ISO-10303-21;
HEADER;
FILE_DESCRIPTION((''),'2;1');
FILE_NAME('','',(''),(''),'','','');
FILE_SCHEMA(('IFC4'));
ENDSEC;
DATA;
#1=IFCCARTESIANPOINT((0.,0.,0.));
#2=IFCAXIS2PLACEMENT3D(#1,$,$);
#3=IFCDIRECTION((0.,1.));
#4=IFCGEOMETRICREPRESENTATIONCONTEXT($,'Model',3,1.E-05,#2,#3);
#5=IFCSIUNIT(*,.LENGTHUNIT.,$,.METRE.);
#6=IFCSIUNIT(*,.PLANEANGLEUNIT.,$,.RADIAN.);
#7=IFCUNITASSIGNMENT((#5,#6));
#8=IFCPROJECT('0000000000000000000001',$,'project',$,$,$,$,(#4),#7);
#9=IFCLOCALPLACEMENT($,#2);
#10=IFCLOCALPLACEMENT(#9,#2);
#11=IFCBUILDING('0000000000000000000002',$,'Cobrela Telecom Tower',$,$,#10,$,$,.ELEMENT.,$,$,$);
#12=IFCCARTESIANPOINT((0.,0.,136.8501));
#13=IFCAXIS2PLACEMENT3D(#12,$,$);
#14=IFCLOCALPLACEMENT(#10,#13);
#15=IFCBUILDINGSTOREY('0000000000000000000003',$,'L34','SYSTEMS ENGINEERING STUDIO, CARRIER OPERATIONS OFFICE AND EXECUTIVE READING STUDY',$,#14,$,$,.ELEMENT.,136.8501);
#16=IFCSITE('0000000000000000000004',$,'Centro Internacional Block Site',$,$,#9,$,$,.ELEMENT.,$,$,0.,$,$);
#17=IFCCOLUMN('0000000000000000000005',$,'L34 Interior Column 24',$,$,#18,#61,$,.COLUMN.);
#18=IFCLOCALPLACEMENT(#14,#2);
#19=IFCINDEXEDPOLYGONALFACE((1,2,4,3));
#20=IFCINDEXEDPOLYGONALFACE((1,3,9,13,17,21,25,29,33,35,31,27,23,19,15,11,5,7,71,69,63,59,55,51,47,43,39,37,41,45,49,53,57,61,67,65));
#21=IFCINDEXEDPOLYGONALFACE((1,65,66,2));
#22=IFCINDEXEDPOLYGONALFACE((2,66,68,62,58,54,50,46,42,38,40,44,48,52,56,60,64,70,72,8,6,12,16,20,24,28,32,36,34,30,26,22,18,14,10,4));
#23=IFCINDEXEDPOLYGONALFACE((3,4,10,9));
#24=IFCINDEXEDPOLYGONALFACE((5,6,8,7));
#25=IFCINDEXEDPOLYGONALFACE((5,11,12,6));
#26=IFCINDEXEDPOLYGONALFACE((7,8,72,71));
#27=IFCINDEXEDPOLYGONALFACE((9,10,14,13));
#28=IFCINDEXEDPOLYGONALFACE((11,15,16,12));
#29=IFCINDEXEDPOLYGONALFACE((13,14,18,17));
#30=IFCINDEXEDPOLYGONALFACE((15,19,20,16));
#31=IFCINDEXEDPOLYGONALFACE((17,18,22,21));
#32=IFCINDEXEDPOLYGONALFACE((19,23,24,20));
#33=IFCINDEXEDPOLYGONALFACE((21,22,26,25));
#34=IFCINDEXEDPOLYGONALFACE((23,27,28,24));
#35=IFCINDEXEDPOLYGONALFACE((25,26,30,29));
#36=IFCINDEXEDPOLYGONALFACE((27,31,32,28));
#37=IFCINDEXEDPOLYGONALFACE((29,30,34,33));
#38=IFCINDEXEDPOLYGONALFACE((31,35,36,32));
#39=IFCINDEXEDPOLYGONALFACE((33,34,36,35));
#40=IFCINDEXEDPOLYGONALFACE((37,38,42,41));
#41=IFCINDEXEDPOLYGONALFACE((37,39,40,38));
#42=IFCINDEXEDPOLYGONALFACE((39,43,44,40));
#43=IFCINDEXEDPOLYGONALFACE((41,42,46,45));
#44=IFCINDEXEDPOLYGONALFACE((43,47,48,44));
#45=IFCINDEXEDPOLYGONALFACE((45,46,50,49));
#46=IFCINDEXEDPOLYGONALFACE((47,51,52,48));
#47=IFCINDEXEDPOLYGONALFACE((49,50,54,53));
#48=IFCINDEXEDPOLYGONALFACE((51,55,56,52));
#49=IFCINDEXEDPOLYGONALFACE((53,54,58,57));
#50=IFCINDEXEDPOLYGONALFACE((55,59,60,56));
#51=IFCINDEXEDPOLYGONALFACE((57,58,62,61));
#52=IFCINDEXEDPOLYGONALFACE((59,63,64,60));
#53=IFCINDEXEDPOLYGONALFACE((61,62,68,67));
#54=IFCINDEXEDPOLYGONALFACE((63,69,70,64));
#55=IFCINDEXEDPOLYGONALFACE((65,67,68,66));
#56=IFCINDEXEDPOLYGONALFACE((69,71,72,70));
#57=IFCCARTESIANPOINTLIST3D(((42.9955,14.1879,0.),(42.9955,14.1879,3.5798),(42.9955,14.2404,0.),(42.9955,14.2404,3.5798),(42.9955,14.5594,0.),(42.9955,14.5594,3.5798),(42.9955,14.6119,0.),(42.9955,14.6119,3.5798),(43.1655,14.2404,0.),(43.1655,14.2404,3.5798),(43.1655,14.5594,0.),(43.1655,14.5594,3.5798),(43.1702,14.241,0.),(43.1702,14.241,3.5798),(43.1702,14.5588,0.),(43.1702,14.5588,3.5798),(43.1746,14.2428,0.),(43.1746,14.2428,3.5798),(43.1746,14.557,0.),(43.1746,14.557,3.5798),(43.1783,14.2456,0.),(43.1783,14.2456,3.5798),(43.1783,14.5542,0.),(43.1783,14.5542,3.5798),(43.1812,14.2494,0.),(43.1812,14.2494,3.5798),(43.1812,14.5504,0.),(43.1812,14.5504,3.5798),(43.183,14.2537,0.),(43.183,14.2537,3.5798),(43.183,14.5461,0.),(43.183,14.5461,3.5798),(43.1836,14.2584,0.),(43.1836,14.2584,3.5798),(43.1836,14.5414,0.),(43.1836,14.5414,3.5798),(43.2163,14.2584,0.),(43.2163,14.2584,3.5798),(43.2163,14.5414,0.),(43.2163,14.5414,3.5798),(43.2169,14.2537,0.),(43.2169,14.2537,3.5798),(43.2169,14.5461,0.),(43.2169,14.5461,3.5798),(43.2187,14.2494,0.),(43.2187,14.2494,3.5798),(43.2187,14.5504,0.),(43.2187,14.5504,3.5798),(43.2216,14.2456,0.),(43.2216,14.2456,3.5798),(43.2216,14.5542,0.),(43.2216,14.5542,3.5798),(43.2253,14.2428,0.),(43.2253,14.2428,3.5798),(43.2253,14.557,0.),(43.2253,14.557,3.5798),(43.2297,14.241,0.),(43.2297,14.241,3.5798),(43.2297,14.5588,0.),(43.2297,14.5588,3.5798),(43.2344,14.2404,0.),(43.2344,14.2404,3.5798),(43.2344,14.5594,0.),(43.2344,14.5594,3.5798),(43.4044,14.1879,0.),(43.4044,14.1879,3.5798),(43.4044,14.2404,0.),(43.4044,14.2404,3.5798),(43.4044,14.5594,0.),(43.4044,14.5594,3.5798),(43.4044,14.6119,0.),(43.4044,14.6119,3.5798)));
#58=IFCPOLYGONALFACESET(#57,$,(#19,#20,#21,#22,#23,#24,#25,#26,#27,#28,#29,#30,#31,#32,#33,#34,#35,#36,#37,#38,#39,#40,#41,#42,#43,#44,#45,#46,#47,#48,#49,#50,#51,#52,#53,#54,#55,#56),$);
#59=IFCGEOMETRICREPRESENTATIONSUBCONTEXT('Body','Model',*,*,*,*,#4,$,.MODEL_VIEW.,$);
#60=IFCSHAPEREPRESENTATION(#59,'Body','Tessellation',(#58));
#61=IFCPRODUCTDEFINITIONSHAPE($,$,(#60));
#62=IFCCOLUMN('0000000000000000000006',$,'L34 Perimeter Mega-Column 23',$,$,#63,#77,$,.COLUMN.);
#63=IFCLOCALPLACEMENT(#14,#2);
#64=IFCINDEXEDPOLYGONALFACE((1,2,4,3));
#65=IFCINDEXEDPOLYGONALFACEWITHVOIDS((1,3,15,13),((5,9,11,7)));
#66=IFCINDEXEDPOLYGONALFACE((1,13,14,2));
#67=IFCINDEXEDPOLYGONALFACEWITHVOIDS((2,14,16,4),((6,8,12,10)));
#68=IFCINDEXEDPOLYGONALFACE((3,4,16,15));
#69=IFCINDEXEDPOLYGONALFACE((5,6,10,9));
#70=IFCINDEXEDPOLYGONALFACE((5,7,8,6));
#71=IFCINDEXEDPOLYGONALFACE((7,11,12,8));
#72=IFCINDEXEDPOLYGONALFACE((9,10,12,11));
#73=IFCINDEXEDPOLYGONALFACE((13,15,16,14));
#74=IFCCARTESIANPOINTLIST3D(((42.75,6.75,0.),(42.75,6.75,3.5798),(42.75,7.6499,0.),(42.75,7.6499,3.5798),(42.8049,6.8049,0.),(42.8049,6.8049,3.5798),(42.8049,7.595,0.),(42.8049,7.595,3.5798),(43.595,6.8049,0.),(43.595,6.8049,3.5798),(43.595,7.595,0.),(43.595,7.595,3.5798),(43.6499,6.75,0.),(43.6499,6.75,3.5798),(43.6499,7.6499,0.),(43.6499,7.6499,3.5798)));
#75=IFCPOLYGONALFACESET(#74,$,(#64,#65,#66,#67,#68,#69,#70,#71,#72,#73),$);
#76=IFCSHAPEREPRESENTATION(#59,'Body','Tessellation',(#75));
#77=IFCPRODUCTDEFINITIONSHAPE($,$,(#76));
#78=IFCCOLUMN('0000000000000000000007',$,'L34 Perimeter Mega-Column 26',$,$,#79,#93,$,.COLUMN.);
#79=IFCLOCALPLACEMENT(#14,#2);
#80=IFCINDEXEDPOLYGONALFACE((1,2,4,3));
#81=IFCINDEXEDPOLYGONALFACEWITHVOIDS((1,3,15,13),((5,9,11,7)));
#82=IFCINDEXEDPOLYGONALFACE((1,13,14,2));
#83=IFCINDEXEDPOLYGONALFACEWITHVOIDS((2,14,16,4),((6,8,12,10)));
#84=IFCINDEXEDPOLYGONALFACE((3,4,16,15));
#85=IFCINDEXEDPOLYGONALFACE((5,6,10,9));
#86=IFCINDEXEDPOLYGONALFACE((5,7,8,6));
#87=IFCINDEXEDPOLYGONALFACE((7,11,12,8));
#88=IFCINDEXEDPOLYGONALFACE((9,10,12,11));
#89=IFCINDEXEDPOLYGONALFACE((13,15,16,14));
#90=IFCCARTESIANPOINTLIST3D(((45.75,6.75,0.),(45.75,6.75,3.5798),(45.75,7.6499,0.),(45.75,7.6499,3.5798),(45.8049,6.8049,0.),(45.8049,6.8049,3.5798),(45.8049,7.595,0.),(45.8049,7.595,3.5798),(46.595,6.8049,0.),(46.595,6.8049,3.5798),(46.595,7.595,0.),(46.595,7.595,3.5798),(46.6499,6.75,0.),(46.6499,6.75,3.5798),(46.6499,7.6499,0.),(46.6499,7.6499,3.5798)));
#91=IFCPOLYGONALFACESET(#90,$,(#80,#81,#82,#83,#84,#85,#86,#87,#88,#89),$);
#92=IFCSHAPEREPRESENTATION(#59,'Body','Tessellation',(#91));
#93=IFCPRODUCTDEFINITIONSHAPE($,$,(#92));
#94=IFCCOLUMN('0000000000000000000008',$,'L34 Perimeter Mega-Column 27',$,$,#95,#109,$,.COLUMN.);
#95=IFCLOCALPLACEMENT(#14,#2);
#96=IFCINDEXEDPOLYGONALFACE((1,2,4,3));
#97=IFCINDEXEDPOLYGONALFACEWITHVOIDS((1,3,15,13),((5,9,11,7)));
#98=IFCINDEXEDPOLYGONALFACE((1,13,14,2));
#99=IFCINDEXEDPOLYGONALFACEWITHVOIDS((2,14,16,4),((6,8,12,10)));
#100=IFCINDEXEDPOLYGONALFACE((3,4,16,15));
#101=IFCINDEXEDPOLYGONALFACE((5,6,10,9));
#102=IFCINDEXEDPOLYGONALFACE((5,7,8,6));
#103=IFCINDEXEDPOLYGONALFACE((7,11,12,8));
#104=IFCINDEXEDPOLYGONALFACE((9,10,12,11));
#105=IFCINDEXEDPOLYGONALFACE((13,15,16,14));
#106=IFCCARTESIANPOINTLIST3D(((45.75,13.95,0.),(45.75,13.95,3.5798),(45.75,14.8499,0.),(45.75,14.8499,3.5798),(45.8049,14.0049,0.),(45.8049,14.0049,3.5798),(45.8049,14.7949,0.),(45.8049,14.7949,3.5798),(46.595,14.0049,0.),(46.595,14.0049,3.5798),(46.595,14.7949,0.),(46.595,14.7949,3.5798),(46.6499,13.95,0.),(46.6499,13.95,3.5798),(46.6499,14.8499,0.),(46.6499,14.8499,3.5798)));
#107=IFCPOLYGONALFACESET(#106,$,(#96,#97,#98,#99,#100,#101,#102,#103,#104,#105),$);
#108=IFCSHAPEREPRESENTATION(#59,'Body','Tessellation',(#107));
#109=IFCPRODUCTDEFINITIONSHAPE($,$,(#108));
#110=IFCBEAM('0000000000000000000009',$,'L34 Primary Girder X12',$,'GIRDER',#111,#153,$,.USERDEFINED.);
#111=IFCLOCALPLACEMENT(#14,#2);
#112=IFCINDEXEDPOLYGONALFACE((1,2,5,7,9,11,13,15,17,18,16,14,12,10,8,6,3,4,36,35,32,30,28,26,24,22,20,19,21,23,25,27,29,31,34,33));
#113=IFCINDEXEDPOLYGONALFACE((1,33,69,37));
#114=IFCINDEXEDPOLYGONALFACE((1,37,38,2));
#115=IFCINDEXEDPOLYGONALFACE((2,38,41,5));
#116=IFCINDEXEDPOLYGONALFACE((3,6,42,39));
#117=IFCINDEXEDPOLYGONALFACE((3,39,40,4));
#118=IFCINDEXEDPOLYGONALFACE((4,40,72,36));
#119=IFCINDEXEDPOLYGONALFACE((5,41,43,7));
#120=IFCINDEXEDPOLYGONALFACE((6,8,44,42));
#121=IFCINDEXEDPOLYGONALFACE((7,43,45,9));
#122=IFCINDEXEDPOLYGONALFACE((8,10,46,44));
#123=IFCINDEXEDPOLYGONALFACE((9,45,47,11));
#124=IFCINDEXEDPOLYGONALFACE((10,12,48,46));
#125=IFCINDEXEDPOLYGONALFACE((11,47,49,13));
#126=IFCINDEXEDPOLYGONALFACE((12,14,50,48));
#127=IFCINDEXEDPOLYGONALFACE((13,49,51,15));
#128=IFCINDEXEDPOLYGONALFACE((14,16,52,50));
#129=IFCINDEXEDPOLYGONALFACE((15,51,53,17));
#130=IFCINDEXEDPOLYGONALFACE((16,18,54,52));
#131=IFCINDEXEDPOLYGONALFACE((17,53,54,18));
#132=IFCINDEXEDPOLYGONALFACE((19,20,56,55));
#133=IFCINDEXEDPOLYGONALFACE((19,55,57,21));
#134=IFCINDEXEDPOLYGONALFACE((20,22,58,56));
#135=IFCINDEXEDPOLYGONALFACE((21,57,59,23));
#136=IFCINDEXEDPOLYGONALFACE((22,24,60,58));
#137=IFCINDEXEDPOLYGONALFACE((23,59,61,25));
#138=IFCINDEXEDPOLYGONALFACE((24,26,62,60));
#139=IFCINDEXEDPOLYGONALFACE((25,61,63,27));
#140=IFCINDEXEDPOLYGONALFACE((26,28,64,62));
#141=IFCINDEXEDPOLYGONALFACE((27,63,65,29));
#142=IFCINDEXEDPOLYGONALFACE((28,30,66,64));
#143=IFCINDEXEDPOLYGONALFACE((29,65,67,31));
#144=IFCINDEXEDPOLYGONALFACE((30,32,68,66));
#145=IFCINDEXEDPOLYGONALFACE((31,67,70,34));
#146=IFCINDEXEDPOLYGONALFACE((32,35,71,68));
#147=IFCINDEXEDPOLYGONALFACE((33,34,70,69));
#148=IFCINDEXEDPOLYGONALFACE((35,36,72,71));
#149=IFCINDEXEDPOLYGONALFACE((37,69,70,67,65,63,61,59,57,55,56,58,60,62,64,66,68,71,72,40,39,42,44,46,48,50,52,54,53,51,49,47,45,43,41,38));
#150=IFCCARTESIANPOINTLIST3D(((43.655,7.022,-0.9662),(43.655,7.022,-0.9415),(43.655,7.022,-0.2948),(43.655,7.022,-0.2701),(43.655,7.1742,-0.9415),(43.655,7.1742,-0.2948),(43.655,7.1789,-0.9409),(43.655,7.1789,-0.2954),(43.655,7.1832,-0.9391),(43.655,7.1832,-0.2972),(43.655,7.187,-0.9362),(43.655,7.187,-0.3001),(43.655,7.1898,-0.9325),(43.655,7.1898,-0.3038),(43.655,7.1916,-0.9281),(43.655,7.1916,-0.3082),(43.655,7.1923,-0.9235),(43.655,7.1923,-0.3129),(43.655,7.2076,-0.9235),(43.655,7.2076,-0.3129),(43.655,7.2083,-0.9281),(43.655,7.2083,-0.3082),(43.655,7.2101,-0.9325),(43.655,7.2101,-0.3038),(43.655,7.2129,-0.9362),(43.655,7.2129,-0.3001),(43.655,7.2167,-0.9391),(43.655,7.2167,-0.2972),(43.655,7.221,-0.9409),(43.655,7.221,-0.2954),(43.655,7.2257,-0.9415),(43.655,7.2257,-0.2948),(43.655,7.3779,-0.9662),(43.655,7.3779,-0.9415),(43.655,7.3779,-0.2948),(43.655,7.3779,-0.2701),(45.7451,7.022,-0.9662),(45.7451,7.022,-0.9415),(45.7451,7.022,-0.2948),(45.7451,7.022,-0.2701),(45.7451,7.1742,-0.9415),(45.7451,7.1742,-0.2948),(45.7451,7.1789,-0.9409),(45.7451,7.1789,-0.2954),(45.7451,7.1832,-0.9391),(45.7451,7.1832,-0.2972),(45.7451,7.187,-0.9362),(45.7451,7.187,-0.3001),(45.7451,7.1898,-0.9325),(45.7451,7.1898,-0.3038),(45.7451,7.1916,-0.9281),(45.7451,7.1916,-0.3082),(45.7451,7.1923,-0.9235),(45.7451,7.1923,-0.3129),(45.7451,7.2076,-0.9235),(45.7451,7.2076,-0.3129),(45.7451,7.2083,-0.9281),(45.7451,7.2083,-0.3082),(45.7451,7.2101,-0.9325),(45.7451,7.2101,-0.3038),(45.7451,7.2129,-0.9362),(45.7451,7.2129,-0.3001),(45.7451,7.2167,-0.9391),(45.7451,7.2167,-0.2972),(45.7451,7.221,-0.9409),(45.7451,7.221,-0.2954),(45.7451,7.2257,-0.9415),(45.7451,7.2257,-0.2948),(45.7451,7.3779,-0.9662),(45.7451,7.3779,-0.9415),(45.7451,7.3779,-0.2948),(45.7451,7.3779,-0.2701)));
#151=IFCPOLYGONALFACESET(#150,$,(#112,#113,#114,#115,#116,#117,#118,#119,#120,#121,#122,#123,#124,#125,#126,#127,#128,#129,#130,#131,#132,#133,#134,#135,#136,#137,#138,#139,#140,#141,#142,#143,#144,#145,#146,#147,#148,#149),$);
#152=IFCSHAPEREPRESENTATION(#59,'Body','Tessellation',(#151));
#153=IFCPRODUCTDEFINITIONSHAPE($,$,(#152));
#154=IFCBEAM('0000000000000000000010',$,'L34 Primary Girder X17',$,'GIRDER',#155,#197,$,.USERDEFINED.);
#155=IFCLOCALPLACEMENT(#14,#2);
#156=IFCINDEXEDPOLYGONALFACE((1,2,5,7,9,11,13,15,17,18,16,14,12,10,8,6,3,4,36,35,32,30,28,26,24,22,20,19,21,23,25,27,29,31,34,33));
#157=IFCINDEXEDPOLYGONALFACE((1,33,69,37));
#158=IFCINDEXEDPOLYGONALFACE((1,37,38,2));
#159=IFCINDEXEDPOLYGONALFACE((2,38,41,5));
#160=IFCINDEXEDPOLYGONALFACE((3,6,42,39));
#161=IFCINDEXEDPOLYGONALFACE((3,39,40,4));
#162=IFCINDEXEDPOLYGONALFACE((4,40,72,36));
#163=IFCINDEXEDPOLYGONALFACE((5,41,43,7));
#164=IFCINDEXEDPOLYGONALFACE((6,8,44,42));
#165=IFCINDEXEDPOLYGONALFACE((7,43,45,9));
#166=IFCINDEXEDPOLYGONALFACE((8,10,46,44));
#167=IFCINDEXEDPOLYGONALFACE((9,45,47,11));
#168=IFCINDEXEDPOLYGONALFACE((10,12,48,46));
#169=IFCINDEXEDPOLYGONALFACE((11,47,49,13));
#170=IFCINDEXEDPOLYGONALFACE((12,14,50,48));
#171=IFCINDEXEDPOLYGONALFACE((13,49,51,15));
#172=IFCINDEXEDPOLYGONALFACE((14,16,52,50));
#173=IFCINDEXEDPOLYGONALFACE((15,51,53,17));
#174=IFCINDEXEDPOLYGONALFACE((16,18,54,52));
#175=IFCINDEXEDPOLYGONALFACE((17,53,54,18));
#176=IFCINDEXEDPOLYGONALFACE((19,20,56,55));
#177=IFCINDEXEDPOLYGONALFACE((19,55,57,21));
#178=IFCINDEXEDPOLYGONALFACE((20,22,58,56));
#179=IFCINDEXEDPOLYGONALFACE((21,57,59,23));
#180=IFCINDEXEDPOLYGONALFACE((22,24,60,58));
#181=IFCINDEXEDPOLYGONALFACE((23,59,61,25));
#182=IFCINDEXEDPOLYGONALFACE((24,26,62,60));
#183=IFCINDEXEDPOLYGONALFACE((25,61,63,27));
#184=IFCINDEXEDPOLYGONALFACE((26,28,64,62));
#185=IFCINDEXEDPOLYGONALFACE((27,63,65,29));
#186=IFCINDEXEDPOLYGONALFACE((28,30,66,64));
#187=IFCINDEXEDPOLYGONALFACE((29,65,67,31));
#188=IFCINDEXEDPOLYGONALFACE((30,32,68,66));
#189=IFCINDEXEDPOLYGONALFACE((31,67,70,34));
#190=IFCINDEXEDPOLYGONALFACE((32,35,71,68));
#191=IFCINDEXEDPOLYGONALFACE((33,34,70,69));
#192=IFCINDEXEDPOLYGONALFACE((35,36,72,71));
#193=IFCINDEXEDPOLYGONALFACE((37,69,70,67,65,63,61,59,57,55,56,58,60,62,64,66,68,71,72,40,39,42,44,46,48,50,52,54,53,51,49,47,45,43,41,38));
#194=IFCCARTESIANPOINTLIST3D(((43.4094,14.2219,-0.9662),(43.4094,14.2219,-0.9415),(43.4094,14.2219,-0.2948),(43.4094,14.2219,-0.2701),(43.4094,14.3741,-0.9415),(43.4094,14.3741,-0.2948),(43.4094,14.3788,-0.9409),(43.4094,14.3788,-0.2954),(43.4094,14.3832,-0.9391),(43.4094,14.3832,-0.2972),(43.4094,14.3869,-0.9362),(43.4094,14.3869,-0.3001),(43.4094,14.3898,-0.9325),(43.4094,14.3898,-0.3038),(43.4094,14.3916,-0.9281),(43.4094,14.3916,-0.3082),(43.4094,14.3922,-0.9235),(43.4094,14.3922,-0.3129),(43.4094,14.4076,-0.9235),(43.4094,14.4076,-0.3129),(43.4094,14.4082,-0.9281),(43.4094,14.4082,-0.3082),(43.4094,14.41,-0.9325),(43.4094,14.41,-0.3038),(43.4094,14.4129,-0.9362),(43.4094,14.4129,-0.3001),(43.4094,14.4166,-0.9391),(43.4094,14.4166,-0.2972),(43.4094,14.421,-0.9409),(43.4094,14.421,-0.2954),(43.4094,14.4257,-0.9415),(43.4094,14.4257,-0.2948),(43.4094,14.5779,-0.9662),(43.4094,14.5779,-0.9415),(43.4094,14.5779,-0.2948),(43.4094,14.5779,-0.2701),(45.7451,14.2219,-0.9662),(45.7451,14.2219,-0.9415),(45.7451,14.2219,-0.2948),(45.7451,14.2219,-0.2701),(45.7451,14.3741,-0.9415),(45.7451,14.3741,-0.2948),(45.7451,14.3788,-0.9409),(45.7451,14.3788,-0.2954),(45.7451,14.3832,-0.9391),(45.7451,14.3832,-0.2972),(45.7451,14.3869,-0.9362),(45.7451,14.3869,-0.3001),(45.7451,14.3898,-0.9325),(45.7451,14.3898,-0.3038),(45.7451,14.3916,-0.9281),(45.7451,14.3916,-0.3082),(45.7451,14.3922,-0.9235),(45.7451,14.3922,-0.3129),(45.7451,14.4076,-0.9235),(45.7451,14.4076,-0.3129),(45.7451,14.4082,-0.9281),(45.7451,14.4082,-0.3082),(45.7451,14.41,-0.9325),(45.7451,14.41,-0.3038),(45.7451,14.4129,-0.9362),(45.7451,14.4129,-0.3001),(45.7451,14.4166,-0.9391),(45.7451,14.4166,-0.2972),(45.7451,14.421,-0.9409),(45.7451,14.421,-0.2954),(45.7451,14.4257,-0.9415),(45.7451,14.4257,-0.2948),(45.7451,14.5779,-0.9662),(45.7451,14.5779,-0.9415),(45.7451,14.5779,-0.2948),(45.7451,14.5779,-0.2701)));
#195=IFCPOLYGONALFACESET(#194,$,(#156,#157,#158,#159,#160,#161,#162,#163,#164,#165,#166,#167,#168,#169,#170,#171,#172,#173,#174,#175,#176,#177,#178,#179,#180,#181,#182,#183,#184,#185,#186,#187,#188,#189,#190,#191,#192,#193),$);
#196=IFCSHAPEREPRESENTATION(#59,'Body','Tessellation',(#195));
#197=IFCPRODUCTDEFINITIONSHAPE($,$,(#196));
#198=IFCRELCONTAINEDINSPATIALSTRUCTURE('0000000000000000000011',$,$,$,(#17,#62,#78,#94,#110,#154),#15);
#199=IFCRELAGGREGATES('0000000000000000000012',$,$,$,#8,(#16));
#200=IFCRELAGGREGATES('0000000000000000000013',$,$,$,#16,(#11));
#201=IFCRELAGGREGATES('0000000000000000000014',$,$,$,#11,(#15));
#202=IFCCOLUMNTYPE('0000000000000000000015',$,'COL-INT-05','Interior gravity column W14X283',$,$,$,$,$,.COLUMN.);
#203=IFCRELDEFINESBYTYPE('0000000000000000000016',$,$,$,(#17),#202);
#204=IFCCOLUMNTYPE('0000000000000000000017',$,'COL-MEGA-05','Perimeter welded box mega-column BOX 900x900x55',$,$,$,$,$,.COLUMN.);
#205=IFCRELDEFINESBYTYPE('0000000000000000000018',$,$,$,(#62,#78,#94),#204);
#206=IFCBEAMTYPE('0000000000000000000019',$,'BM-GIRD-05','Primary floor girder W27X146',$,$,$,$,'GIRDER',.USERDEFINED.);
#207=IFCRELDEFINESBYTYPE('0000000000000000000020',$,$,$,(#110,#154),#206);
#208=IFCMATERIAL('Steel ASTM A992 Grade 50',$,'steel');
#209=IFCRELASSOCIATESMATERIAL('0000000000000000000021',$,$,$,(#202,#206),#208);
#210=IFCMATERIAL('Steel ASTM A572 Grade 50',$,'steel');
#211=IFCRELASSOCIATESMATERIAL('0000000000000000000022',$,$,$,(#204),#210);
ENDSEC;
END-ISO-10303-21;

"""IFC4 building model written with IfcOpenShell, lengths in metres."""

from ifc_helpers import new_model, si_unit, direction, frame, origin, origin_2d, place, context, subcontext, project, spatial, hollow_rectangle, i_section, extrude, material, material_profile, profile_set, type_object, element, save


model = new_model("IFC4")

# Units and contexts
model_context = context("Model", 3, precision=1e-05, world=origin(), true_north=direction((0.0, 1.0)))
body_context = subcontext(model_context, "Body", "Model", "MODEL_VIEW")
ifc_project = project(units=[si_unit("LENGTHUNIT", "METRE"), si_unit("PLANEANGLEUNIT", "RADIAN")], contexts=[model_context])

# Site, building, storey
site_placement = place(None, origin())
site = spatial("IfcSite", under=ifc_project, at=site_placement, Name="Centro Internacional Block Site", CompositionType="ELEMENT", RefElevation=0.0)
building_placement = place(site_placement, origin())
building = spatial("IfcBuilding", under=site, at=building_placement, Name="Cobrela Telecom Tower", CompositionType="ELEMENT")
storey_placement = place(building_placement, frame((0.0, 0.0, 136.8501)))
storey = spatial("IfcBuildingStorey", under=building, at=storey_placement, Name="L34", Description="SYSTEMS ENGINEERING STUDIO, CARRIER OPERATIONS OFFICE AND EXECUTIVE READING STUDY", CompositionType="ELEMENT", Elevation=136.8501)

# Columns
ifc_material_1 = material(Name="Steel ASTM A992 Grade 50", Category="steel")
ifc_material_profile_1 = material_profile(ifc_material_1, i_section(OverallWidth=0.4089, OverallDepth=0.4241, WebThickness=0.0327, FlangeThickness=0.0525, FilletRadius=0.0181, at=origin_2d()), Name="W14X283")
ifc_profile_set_1 = profile_set([ifc_material_profile_1], Name="Steel ASTM A992 Grade 50")
column_type_1 = type_object("IfcColumnType", Name="COL-INT-05", Description="Interior gravity column W14X283", PredefinedType="COLUMN", material=ifc_profile_set_1)
column_placement = place(storey_placement, frame((43.2, 14.3999, 0.0), z_axis=(0.0, 0.0, 1.0), x_axis=(1.0, 0.0, 0.0)))
element("IfcColumn", 1, at=column_placement, inside=storey, type_object=column_type_1, Name="L34 Interior Column 24", PredefinedType="COLUMN", context=body_context, shape_type="SweptSolid", body=[
    extrude(i_section(OverallWidth=0.4089, OverallDepth=0.4241, WebThickness=0.0327, FlangeThickness=0.0525, FilletRadius=0.0181, at=origin_2d()), origin(), (0.0, 0.0, 1.0), 3.5798),
])
ifc_material_2 = material(Name="Steel ASTM A572 Grade 50", Category="steel")
ifc_material_profile_2 = material_profile(ifc_material_2, hollow_rectangle(XDim=0.8999, YDim=0.8999, WallThickness=0.0549, at=origin_2d()), Name="BOX 900x900x55")
ifc_profile_set_2 = profile_set([ifc_material_profile_2], Name="Steel ASTM A572 Grade 50")
column_type_2 = type_object("IfcColumnType", Name="COL-MEGA-05", Description="Perimeter welded box mega-column BOX 900x900x55", PredefinedType="COLUMN", material=ifc_profile_set_2)
for number, where, z_axis, x_axis, name in (
    (2, (43.2, 7.2, 0.0), (0.0, 0.0, 1.0), (1.0, 0.0, 0.0), "L34 Perimeter Mega-Column 23"),
    (3, (46.2, 7.2, 0.0), (0.0, 0.0, 1.0), (1.0, 0.0, 0.0), "L34 Perimeter Mega-Column 26"),
    (4, (46.2, 14.3999, 0.0), (0.0, 0.0, 1.0), (1.0, 0.0, 0.0), "L34 Perimeter Mega-Column 27"),
):
    element("IfcColumn", number, at=place(storey_placement, frame(where, z_axis=z_axis, x_axis=x_axis)), inside=storey, type_object=column_type_2, Name=name, PredefinedType="COLUMN", context=body_context, shape_type="SweptSolid", body=[
        extrude(hollow_rectangle(XDim=0.8999, YDim=0.8999, WallThickness=0.0549, at=origin_2d()), origin(), (0.0, 0.0, 1.0), 3.5798),
    ])

# Beams
ifc_material_profile_3 = material_profile(ifc_material_1, i_section(OverallWidth=0.356, OverallDepth=0.696, WebThickness=0.0154, FlangeThickness=0.0247, FilletRadius=0.0181, at=origin_2d()), Name="W27X146")
ifc_profile_set_3 = profile_set([ifc_material_profile_3], Name="Steel ASTM A992 Grade 50")
beam_type_1 = type_object("IfcBeamType", Name="BM-GIRD-05", Description="Primary floor girder W27X146", ElementType="GIRDER", PredefinedType="USERDEFINED", material=ifc_profile_set_3)
beam_1_placement = place(storey_placement, frame((43.655, 7.2, -0.6182), z_axis=(1.0, 0.0, 0.0), x_axis=(0.0, 1.0, 0.0)))
element("IfcBeam", 5, at=beam_1_placement, inside=storey, type_object=beam_type_1, Name="L34 Primary Girder X12", ObjectType="GIRDER", PredefinedType="USERDEFINED", context=body_context, shape_type="SweptSolid", body=[
    extrude(i_section(OverallWidth=0.356, OverallDepth=0.696, WebThickness=0.0154, FlangeThickness=0.0247, FilletRadius=0.0181, at=origin_2d()), origin(), (0.0, 0.0, 1.0), 2.0901),
])
beam_2_placement = place(storey_placement, frame((43.4094, 14.3999, -0.6182), z_axis=(1.0, 0.0, 0.0), x_axis=(0.0, 1.0, 0.0)))
element("IfcBeam", 6, at=beam_2_placement, inside=storey, type_object=beam_type_1, Name="L34 Primary Girder X17", ObjectType="GIRDER", PredefinedType="USERDEFINED", context=body_context, shape_type="SweptSolid", body=[
    extrude(i_section(OverallWidth=0.356, OverallDepth=0.696, WebThickness=0.0154, FlangeThickness=0.0247, FilletRadius=0.0181, at=origin_2d()), origin(), (0.0, 0.0, 1.0), 2.3357),
])

save(model, "model.ifc")
